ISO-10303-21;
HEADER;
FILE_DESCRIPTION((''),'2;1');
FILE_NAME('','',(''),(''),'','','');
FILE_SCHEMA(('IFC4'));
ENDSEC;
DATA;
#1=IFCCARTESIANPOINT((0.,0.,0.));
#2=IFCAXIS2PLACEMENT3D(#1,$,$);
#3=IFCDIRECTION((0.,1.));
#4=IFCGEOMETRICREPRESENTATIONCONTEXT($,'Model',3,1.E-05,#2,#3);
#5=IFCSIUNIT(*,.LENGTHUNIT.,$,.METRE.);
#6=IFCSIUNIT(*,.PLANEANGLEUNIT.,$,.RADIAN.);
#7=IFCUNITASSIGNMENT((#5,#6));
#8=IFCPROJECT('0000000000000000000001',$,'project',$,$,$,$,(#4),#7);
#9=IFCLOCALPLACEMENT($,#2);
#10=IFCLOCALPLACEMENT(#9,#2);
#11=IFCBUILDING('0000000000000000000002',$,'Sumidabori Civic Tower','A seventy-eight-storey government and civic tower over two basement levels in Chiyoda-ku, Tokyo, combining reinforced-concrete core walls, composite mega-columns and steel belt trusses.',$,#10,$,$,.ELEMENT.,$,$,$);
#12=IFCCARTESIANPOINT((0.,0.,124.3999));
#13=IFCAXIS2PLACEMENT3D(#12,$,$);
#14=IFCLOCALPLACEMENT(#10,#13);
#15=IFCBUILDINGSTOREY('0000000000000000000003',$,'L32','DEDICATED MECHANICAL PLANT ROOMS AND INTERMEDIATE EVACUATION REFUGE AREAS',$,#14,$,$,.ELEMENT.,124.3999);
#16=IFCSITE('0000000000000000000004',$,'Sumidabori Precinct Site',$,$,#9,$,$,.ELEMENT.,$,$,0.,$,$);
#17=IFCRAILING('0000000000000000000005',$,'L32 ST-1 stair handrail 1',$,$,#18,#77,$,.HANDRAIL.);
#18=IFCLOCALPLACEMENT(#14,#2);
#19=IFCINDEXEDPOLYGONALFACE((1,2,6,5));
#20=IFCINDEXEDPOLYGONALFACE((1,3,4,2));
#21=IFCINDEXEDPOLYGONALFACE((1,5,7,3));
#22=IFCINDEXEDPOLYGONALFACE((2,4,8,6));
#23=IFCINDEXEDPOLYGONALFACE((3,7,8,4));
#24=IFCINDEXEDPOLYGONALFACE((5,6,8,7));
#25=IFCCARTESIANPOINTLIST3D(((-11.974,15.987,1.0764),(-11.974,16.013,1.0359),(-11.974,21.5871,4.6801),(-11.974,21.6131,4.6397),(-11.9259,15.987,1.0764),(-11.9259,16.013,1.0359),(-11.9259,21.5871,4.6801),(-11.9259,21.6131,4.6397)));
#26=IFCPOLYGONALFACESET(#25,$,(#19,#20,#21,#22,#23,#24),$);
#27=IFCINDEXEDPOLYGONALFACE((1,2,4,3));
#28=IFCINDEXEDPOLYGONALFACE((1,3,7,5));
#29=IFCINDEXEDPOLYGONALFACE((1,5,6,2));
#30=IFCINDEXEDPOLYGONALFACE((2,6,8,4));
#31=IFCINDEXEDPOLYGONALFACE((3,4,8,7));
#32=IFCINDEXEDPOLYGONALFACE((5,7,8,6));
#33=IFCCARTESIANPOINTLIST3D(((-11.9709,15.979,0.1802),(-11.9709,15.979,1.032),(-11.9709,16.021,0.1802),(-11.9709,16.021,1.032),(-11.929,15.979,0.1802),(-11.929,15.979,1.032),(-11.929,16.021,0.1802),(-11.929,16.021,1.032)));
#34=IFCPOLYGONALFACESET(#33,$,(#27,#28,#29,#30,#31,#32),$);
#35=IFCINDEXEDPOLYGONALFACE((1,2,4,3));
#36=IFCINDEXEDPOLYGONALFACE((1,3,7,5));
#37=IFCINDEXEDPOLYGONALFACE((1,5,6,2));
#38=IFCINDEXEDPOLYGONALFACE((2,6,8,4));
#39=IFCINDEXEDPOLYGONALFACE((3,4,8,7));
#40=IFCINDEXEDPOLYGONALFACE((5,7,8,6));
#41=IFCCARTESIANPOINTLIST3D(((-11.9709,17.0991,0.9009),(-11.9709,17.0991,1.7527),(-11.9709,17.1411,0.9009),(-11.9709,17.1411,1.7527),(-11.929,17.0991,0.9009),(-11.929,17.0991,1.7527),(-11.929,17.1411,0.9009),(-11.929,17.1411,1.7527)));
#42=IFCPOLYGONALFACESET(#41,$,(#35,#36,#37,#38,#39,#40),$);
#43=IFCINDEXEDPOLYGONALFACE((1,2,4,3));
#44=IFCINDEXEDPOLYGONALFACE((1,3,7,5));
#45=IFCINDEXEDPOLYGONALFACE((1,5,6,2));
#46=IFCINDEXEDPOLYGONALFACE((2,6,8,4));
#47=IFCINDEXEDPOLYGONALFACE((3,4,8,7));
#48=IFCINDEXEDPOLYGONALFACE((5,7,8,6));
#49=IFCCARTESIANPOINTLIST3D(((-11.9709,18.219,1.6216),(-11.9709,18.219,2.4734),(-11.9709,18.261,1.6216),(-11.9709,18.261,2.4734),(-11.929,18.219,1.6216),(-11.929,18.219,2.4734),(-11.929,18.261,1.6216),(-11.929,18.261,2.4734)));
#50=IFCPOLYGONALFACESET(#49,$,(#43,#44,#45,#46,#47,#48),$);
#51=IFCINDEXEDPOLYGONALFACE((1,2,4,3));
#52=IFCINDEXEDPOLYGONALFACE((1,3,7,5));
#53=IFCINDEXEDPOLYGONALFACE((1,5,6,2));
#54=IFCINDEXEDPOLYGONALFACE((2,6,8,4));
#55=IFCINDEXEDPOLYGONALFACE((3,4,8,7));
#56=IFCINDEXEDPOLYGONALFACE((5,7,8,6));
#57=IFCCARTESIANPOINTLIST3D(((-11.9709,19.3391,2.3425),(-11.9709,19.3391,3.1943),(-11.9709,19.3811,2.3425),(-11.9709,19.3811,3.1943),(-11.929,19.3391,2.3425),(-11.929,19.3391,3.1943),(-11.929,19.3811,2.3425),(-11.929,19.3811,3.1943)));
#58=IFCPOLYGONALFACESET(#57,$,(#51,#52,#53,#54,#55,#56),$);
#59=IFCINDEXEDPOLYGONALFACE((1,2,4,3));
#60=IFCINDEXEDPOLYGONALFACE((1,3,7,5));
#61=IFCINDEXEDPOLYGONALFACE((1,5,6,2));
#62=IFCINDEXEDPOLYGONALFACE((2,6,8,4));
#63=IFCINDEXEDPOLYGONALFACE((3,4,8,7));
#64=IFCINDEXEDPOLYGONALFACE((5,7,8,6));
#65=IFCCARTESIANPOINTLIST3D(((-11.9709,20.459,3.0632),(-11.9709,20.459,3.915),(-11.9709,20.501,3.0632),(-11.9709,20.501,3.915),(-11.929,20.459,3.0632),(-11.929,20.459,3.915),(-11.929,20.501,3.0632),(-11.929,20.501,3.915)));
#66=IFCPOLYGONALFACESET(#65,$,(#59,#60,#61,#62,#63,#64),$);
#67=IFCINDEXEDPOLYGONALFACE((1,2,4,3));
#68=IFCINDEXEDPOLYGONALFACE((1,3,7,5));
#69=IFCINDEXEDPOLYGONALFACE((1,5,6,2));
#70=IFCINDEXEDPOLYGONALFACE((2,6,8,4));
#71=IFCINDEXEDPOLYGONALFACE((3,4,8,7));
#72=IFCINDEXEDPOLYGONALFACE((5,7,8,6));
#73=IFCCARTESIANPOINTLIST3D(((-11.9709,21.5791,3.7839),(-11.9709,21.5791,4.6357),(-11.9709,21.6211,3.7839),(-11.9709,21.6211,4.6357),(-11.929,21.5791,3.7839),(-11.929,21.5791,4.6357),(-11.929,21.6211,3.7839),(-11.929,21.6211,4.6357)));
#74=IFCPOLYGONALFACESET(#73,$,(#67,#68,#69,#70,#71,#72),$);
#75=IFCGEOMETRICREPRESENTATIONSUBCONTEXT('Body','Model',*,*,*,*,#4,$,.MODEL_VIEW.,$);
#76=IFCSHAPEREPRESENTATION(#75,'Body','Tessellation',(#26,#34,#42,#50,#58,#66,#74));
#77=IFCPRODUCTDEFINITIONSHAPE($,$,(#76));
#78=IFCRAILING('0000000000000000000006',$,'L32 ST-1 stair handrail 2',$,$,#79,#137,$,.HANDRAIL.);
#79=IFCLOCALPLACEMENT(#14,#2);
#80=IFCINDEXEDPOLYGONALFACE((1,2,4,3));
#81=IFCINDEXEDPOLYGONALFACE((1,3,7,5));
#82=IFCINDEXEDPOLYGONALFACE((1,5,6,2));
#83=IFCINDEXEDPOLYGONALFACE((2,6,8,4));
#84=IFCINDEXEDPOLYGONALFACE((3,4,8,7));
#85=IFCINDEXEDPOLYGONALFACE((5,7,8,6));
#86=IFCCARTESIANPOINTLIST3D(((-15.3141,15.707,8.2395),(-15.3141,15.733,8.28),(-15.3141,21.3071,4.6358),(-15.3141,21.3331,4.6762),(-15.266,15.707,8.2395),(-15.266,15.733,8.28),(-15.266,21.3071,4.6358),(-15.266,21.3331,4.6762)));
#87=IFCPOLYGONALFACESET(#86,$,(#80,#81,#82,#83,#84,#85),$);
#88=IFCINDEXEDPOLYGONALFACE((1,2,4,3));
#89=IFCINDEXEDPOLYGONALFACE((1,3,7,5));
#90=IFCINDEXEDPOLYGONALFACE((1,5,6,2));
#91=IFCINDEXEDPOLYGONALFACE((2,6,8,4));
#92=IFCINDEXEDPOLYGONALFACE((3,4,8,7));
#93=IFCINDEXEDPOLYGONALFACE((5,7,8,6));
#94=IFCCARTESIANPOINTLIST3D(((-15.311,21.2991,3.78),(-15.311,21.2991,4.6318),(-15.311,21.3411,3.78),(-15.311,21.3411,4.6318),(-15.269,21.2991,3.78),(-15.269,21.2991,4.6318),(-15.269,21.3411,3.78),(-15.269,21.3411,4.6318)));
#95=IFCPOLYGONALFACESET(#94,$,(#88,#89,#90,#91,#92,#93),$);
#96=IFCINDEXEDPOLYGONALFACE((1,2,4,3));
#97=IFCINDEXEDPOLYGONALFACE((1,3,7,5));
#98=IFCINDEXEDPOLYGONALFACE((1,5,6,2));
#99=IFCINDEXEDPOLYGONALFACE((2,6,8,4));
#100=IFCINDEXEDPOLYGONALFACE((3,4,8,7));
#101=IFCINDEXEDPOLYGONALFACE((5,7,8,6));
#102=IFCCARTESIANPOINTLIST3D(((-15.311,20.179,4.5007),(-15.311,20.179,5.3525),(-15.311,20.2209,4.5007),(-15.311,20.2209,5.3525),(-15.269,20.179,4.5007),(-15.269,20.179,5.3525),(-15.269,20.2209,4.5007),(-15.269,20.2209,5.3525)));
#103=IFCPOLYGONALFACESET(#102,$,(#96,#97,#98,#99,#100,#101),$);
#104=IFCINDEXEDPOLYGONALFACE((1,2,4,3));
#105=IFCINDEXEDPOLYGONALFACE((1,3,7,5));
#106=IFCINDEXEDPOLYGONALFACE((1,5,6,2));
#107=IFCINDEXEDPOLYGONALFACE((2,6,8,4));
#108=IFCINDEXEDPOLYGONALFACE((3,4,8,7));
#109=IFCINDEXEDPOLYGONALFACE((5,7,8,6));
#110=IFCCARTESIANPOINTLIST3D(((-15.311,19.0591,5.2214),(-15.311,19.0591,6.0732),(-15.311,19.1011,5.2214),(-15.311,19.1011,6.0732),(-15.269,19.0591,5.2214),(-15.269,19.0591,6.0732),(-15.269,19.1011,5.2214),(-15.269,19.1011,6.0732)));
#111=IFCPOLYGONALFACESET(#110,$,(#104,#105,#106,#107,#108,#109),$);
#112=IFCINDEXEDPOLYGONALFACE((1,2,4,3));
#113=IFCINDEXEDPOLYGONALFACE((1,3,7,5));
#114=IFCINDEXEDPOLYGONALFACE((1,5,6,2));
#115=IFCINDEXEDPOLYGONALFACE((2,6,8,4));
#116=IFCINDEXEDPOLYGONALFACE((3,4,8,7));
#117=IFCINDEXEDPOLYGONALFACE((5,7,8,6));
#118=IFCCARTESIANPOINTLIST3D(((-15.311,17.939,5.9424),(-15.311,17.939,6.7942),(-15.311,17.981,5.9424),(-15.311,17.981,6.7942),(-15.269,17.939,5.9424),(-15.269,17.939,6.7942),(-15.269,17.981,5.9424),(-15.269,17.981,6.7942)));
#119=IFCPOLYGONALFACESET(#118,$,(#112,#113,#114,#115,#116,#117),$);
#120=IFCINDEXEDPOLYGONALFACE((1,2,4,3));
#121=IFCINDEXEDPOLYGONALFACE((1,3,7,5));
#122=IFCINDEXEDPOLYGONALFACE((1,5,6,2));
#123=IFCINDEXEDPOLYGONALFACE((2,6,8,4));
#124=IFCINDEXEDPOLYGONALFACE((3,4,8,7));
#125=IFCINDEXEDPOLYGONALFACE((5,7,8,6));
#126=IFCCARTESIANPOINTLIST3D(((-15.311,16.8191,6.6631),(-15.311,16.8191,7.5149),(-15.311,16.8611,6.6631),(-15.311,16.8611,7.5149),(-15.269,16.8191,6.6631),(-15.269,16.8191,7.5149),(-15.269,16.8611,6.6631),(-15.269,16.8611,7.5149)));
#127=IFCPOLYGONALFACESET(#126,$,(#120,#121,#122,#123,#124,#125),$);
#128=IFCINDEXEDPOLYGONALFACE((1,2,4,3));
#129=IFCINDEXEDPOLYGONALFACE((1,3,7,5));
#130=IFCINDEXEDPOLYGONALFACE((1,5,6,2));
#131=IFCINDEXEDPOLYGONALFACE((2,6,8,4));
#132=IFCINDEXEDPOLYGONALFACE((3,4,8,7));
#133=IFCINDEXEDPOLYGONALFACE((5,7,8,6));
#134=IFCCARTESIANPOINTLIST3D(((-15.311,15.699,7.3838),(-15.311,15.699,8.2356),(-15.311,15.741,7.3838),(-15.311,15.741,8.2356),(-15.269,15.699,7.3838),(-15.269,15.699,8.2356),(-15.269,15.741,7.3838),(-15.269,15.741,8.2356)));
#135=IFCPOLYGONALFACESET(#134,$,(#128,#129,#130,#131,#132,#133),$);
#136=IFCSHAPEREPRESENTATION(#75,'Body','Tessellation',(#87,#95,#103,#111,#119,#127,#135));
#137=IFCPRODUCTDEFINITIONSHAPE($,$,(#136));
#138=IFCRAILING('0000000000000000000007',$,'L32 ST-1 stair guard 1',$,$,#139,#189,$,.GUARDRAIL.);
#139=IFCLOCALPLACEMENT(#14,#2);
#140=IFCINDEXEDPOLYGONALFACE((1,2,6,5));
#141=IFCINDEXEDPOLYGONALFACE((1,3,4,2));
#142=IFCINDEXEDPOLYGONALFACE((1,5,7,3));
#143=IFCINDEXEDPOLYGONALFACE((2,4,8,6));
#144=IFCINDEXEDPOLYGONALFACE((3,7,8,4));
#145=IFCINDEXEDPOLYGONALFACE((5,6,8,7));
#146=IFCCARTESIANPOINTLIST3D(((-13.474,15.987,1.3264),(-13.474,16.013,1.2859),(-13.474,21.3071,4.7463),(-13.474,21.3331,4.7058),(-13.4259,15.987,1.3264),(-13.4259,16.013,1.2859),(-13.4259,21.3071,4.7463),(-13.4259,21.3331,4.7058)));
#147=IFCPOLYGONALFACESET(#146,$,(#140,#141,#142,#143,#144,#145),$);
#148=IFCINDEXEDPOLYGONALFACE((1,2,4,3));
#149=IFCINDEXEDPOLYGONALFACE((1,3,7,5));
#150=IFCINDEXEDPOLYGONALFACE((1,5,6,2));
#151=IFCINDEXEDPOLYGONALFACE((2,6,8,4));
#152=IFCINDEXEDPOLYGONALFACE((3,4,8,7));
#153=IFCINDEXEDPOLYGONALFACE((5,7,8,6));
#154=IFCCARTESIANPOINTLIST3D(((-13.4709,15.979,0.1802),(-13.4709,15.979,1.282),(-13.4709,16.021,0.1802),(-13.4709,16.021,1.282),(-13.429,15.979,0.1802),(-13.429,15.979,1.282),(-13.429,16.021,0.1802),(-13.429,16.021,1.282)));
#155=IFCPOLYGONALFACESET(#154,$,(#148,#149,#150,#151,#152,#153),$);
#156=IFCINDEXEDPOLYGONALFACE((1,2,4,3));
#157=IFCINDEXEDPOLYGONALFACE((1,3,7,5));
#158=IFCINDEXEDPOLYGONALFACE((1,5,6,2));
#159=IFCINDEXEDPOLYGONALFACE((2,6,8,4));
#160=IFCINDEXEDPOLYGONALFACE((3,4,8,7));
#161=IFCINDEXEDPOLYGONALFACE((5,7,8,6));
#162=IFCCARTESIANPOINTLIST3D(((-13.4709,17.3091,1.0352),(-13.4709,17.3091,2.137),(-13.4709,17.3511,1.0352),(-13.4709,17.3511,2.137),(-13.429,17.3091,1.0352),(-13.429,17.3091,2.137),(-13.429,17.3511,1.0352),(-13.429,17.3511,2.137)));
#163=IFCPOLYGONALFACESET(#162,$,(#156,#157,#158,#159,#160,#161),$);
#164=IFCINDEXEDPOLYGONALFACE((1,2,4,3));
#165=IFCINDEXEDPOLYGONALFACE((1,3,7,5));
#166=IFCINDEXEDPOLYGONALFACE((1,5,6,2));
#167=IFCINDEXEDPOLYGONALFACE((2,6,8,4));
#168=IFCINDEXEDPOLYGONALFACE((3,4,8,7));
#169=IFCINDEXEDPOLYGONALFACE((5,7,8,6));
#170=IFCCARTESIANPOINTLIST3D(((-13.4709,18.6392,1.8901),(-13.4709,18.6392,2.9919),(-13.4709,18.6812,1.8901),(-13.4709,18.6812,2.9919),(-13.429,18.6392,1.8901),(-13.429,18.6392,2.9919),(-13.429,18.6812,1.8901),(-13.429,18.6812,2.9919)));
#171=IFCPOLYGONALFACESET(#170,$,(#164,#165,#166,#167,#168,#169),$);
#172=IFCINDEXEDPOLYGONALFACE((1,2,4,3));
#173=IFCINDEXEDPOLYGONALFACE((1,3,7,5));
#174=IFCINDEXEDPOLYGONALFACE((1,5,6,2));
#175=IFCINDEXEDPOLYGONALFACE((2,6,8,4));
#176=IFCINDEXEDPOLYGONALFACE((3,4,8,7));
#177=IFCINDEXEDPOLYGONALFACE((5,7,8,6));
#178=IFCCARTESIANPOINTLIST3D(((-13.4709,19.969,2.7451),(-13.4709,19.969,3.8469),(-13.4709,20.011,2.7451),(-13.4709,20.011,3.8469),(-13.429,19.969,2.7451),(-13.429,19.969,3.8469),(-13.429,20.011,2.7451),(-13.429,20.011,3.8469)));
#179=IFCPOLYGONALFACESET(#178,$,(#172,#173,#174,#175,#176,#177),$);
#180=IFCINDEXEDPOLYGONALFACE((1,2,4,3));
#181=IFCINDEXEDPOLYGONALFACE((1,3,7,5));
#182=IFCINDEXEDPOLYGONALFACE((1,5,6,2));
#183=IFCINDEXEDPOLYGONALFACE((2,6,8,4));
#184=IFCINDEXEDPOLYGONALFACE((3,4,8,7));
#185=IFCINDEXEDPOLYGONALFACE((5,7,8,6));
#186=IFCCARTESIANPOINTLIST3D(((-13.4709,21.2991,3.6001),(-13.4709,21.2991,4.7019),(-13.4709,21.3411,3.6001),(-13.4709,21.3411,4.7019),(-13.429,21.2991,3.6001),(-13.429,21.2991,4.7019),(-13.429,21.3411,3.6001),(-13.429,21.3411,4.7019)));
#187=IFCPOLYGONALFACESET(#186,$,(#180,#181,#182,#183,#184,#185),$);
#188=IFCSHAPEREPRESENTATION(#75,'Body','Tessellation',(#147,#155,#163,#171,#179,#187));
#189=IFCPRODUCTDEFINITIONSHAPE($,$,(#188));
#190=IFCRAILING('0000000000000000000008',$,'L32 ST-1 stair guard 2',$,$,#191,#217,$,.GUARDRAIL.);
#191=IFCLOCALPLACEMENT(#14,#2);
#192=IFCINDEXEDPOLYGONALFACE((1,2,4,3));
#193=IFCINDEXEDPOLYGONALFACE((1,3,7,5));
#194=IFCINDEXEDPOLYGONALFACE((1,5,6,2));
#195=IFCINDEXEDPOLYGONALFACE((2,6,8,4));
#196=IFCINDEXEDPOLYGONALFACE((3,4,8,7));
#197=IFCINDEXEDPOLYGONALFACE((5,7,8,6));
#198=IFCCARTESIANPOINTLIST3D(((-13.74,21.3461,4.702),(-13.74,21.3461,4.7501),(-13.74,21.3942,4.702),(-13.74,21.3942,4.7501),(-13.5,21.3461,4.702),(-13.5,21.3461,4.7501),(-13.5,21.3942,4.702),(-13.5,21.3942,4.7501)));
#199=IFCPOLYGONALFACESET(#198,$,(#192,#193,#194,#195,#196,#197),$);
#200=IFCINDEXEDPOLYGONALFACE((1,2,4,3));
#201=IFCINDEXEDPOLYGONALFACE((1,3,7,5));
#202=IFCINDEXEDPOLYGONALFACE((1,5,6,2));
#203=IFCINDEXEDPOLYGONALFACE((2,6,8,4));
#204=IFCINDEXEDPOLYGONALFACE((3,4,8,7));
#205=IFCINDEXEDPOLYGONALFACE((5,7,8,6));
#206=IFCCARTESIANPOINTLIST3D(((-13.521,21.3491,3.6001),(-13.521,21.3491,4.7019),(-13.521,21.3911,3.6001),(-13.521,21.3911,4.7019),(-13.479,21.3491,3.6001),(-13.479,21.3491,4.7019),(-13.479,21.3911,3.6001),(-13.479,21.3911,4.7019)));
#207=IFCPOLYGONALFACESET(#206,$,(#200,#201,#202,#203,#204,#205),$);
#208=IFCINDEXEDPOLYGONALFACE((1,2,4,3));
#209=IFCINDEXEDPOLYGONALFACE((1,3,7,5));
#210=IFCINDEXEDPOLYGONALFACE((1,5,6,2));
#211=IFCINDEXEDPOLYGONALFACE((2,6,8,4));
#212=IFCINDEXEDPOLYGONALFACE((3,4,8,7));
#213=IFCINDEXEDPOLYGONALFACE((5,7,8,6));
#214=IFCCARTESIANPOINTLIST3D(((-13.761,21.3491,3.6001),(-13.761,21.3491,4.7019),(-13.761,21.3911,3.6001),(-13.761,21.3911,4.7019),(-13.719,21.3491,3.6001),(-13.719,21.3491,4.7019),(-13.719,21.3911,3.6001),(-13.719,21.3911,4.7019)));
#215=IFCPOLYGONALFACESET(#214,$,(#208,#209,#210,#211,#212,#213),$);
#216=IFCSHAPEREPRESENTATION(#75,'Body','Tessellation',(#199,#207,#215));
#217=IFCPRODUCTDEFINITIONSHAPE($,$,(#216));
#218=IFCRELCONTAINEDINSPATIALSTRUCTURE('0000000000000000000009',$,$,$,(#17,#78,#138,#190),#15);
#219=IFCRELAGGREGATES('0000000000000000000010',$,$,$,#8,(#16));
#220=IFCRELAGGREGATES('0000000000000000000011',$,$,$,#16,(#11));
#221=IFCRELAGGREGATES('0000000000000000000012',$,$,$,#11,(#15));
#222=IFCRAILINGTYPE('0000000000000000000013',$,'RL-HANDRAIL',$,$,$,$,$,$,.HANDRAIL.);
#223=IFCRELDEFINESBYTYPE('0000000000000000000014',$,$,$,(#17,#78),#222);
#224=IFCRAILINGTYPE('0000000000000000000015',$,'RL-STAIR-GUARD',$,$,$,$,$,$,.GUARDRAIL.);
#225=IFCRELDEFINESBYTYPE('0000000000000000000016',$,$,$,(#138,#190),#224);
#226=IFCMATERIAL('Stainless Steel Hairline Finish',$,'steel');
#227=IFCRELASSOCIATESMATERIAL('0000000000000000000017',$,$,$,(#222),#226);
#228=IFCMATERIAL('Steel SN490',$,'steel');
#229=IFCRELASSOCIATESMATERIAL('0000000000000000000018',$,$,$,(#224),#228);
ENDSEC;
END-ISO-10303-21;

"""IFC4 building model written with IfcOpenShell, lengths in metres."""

from ifc_helpers import new_model, si_unit, direction, frame, origin, origin_2d, place, context, subcontext, project, spatial, rectangle, extrude, material, type_object, element, save


model = new_model("IFC4")

# Units and contexts
model_context = context("Model", 3, precision=1e-05, world=origin(), true_north=direction((0.0, 1.0)))
body_context = subcontext(model_context, "Body", "Model", "MODEL_VIEW")
ifc_project = project(units=[si_unit("LENGTHUNIT", "METRE"), si_unit("PLANEANGLEUNIT", "RADIAN")], contexts=[model_context])

# Site, building, storey
site_placement = place(None, origin())
site = spatial("IfcSite", under=ifc_project, at=site_placement, Name="Sumidabori Precinct Site", CompositionType="ELEMENT", RefElevation=0.0)
building_placement = place(site_placement, origin())
building = spatial("IfcBuilding", under=site, at=building_placement, Name="Sumidabori Civic Tower", Description="A seventy-eight-storey government and civic tower over two basement levels in Chiyoda-ku, Tokyo, combining reinforced-concrete core walls, composite mega-columns and steel belt trusses.", CompositionType="ELEMENT")
storey_placement = place(building_placement, frame((0.0, 0.0, 124.3999)))
storey = spatial("IfcBuildingStorey", under=building, at=storey_placement, Name="L32", Description="DEDICATED MECHANICAL PLANT ROOMS AND INTERMEDIATE EVACUATION REFUGE AREAS", CompositionType="ELEMENT", Elevation=124.3999)

# Shared definitions
ifc_material_1 = material(Name="Steel SN490", Category="steel")

# Railings
ifc_material_2 = material(Name="Stainless Steel Hairline Finish", Category="steel")
railing_type_1 = type_object("IfcRailingType", Name="RL-HANDRAIL", PredefinedType="HANDRAIL", material=ifc_material_2)
railing_1_placement = place(storey_placement, frame((-11.95, 16.0, 0.1802)))
element("IfcRailing", 1, at=railing_1_placement, inside=storey, type_object=railing_type_1, Name="L32 ST-1 stair handrail 1", PredefinedType="HANDRAIL", context=body_context, shape_type="SweptSolid", body=[
    extrude(rectangle(XDim=0.0481, YDim=0.0481, at=origin_2d()), frame((0.0, 0.0, 0.876), z_axis=(0.0, 0.840926, 0.54115), x_axis=(-1.0, 0.0, 0.0)), (0.0, 0.0, 1.0), 6.6594),
    extrude(rectangle(XDim=0.042, YDim=0.042, at=origin_2d()), origin(), (0.0, 0.0, 1.0), 0.8518),
    extrude(rectangle(XDim=0.042, YDim=0.042, at=origin_2d()), frame((0.0, 1.1201, 0.7207)), (0.0, 0.0, 1.0), 0.8518),
    extrude(rectangle(XDim=0.042, YDim=0.042, at=origin_2d()), frame((0.0, 2.24, 1.4414)), (0.0, 0.0, 1.0), 0.8518),
    extrude(rectangle(XDim=0.042, YDim=0.042, at=origin_2d()), frame((0.0, 3.3601, 2.1624)), (0.0, 0.0, 1.0), 0.8518),
    extrude(rectangle(XDim=0.042, YDim=0.042, at=origin_2d()), frame((0.0, 4.48, 2.8831)), (0.0, 0.0, 1.0), 0.8518),
    extrude(rectangle(XDim=0.042, YDim=0.042, at=origin_2d()), frame((0.0, 5.6001, 3.6038)), (0.0, 0.0, 1.0), 0.8518),
])
railing_2_placement = place(storey_placement, frame((-15.29, 21.3201, 3.78)))
element("IfcRailing", 2, at=railing_2_placement, inside=storey, type_object=railing_type_1, Name="L32 ST-1 stair handrail 2", PredefinedType="HANDRAIL", context=body_context, shape_type="SweptSolid", body=[
    extrude(rectangle(XDim=0.0481, YDim=0.0481, at=origin_2d()), frame((0.0, 0.0, 0.876), z_axis=(0.0, -0.840926, 0.54115), x_axis=(1.0, 0.0, 0.0)), (0.0, 0.0, 1.0), 6.6594),
    extrude(rectangle(XDim=0.042, YDim=0.042, at=origin_2d()), origin(), (0.0, 0.0, 1.0), 0.8518),
    extrude(rectangle(XDim=0.042, YDim=0.042, at=origin_2d()), frame((0.0, -1.1201, 0.7207)), (0.0, 0.0, 1.0), 0.8518),
    extrude(rectangle(XDim=0.042, YDim=0.042, at=origin_2d()), frame((0.0, -2.24, 1.4414)), (0.0, 0.0, 1.0), 0.8518),
    extrude(rectangle(XDim=0.042, YDim=0.042, at=origin_2d()), frame((0.0, -3.3601, 2.1624)), (0.0, 0.0, 1.0), 0.8518),
    extrude(rectangle(XDim=0.042, YDim=0.042, at=origin_2d()), frame((0.0, -4.48, 2.8831)), (0.0, 0.0, 1.0), 0.8518),
    extrude(rectangle(XDim=0.042, YDim=0.042, at=origin_2d()), frame((0.0, -5.6001, 3.6038)), (0.0, 0.0, 1.0), 0.8518),
])
railing_type_2 = type_object("IfcRailingType", Name="RL-STAIR-GUARD", PredefinedType="GUARDRAIL", material=ifc_material_1)
railing_3_placement = place(storey_placement, frame((-13.45, 16.0, 0.1802)))
element("IfcRailing", 3, at=railing_3_placement, inside=storey, type_object=railing_type_2, Name="L32 ST-1 stair guard 1", PredefinedType="GUARDRAIL", context=body_context, shape_type="SweptSolid", body=[
    extrude(rectangle(XDim=0.0481, YDim=0.0481, at=origin_2d()), frame((0.0, 0.0, 1.126), z_axis=(0.0, 0.841187, 0.540744), x_axis=(-1.0, 0.0, 0.0)), (0.0, 0.0, 1.0), 6.3245),
    extrude(rectangle(XDim=0.042, YDim=0.042, at=origin_2d()), origin(), (0.0, 0.0, 1.0), 1.1018),
    extrude(rectangle(XDim=0.042, YDim=0.042, at=origin_2d()), frame((0.0, 1.3301, 0.855)), (0.0, 0.0, 1.0), 1.1018),
    extrude(rectangle(XDim=0.042, YDim=0.042, at=origin_2d()), frame((0.0, 2.6602, 1.71)), (0.0, 0.0, 1.0), 1.1018),
    extrude(rectangle(XDim=0.042, YDim=0.042, at=origin_2d()), frame((0.0, 3.99, 2.5649)), (0.0, 0.0, 1.0), 1.1018),
    extrude(rectangle(XDim=0.042, YDim=0.042, at=origin_2d()), frame((0.0, 5.3201, 3.4199)), (0.0, 0.0, 1.0), 1.1018),
])
railing_4_placement = place(storey_placement, frame((-13.5, 21.3701, 3.6001)))
element("IfcRailing", 4, at=railing_4_placement, inside=storey, type_object=railing_type_2, Name="L32 ST-1 stair guard 2", PredefinedType="GUARDRAIL", context=body_context, shape_type="SweptSolid", body=[
    extrude(rectangle(XDim=0.0481, YDim=0.0481, at=origin_2d()), frame((0.0, 0.0, 1.126), z_axis=(-1.0, 0.0, 0.0), x_axis=(0.0, -1.0, 0.0)), (0.0, 0.0, 1.0), 0.24),
    extrude(rectangle(XDim=0.042, YDim=0.042, at=origin_2d()), origin(), (0.0, 0.0, 1.0), 1.1018),
    extrude(rectangle(XDim=0.042, YDim=0.042, at=origin_2d()), frame((-0.24, 0.0, 0.0)), (0.0, 0.0, 1.0), 1.1018),
])

save(model, "model.ifc")
